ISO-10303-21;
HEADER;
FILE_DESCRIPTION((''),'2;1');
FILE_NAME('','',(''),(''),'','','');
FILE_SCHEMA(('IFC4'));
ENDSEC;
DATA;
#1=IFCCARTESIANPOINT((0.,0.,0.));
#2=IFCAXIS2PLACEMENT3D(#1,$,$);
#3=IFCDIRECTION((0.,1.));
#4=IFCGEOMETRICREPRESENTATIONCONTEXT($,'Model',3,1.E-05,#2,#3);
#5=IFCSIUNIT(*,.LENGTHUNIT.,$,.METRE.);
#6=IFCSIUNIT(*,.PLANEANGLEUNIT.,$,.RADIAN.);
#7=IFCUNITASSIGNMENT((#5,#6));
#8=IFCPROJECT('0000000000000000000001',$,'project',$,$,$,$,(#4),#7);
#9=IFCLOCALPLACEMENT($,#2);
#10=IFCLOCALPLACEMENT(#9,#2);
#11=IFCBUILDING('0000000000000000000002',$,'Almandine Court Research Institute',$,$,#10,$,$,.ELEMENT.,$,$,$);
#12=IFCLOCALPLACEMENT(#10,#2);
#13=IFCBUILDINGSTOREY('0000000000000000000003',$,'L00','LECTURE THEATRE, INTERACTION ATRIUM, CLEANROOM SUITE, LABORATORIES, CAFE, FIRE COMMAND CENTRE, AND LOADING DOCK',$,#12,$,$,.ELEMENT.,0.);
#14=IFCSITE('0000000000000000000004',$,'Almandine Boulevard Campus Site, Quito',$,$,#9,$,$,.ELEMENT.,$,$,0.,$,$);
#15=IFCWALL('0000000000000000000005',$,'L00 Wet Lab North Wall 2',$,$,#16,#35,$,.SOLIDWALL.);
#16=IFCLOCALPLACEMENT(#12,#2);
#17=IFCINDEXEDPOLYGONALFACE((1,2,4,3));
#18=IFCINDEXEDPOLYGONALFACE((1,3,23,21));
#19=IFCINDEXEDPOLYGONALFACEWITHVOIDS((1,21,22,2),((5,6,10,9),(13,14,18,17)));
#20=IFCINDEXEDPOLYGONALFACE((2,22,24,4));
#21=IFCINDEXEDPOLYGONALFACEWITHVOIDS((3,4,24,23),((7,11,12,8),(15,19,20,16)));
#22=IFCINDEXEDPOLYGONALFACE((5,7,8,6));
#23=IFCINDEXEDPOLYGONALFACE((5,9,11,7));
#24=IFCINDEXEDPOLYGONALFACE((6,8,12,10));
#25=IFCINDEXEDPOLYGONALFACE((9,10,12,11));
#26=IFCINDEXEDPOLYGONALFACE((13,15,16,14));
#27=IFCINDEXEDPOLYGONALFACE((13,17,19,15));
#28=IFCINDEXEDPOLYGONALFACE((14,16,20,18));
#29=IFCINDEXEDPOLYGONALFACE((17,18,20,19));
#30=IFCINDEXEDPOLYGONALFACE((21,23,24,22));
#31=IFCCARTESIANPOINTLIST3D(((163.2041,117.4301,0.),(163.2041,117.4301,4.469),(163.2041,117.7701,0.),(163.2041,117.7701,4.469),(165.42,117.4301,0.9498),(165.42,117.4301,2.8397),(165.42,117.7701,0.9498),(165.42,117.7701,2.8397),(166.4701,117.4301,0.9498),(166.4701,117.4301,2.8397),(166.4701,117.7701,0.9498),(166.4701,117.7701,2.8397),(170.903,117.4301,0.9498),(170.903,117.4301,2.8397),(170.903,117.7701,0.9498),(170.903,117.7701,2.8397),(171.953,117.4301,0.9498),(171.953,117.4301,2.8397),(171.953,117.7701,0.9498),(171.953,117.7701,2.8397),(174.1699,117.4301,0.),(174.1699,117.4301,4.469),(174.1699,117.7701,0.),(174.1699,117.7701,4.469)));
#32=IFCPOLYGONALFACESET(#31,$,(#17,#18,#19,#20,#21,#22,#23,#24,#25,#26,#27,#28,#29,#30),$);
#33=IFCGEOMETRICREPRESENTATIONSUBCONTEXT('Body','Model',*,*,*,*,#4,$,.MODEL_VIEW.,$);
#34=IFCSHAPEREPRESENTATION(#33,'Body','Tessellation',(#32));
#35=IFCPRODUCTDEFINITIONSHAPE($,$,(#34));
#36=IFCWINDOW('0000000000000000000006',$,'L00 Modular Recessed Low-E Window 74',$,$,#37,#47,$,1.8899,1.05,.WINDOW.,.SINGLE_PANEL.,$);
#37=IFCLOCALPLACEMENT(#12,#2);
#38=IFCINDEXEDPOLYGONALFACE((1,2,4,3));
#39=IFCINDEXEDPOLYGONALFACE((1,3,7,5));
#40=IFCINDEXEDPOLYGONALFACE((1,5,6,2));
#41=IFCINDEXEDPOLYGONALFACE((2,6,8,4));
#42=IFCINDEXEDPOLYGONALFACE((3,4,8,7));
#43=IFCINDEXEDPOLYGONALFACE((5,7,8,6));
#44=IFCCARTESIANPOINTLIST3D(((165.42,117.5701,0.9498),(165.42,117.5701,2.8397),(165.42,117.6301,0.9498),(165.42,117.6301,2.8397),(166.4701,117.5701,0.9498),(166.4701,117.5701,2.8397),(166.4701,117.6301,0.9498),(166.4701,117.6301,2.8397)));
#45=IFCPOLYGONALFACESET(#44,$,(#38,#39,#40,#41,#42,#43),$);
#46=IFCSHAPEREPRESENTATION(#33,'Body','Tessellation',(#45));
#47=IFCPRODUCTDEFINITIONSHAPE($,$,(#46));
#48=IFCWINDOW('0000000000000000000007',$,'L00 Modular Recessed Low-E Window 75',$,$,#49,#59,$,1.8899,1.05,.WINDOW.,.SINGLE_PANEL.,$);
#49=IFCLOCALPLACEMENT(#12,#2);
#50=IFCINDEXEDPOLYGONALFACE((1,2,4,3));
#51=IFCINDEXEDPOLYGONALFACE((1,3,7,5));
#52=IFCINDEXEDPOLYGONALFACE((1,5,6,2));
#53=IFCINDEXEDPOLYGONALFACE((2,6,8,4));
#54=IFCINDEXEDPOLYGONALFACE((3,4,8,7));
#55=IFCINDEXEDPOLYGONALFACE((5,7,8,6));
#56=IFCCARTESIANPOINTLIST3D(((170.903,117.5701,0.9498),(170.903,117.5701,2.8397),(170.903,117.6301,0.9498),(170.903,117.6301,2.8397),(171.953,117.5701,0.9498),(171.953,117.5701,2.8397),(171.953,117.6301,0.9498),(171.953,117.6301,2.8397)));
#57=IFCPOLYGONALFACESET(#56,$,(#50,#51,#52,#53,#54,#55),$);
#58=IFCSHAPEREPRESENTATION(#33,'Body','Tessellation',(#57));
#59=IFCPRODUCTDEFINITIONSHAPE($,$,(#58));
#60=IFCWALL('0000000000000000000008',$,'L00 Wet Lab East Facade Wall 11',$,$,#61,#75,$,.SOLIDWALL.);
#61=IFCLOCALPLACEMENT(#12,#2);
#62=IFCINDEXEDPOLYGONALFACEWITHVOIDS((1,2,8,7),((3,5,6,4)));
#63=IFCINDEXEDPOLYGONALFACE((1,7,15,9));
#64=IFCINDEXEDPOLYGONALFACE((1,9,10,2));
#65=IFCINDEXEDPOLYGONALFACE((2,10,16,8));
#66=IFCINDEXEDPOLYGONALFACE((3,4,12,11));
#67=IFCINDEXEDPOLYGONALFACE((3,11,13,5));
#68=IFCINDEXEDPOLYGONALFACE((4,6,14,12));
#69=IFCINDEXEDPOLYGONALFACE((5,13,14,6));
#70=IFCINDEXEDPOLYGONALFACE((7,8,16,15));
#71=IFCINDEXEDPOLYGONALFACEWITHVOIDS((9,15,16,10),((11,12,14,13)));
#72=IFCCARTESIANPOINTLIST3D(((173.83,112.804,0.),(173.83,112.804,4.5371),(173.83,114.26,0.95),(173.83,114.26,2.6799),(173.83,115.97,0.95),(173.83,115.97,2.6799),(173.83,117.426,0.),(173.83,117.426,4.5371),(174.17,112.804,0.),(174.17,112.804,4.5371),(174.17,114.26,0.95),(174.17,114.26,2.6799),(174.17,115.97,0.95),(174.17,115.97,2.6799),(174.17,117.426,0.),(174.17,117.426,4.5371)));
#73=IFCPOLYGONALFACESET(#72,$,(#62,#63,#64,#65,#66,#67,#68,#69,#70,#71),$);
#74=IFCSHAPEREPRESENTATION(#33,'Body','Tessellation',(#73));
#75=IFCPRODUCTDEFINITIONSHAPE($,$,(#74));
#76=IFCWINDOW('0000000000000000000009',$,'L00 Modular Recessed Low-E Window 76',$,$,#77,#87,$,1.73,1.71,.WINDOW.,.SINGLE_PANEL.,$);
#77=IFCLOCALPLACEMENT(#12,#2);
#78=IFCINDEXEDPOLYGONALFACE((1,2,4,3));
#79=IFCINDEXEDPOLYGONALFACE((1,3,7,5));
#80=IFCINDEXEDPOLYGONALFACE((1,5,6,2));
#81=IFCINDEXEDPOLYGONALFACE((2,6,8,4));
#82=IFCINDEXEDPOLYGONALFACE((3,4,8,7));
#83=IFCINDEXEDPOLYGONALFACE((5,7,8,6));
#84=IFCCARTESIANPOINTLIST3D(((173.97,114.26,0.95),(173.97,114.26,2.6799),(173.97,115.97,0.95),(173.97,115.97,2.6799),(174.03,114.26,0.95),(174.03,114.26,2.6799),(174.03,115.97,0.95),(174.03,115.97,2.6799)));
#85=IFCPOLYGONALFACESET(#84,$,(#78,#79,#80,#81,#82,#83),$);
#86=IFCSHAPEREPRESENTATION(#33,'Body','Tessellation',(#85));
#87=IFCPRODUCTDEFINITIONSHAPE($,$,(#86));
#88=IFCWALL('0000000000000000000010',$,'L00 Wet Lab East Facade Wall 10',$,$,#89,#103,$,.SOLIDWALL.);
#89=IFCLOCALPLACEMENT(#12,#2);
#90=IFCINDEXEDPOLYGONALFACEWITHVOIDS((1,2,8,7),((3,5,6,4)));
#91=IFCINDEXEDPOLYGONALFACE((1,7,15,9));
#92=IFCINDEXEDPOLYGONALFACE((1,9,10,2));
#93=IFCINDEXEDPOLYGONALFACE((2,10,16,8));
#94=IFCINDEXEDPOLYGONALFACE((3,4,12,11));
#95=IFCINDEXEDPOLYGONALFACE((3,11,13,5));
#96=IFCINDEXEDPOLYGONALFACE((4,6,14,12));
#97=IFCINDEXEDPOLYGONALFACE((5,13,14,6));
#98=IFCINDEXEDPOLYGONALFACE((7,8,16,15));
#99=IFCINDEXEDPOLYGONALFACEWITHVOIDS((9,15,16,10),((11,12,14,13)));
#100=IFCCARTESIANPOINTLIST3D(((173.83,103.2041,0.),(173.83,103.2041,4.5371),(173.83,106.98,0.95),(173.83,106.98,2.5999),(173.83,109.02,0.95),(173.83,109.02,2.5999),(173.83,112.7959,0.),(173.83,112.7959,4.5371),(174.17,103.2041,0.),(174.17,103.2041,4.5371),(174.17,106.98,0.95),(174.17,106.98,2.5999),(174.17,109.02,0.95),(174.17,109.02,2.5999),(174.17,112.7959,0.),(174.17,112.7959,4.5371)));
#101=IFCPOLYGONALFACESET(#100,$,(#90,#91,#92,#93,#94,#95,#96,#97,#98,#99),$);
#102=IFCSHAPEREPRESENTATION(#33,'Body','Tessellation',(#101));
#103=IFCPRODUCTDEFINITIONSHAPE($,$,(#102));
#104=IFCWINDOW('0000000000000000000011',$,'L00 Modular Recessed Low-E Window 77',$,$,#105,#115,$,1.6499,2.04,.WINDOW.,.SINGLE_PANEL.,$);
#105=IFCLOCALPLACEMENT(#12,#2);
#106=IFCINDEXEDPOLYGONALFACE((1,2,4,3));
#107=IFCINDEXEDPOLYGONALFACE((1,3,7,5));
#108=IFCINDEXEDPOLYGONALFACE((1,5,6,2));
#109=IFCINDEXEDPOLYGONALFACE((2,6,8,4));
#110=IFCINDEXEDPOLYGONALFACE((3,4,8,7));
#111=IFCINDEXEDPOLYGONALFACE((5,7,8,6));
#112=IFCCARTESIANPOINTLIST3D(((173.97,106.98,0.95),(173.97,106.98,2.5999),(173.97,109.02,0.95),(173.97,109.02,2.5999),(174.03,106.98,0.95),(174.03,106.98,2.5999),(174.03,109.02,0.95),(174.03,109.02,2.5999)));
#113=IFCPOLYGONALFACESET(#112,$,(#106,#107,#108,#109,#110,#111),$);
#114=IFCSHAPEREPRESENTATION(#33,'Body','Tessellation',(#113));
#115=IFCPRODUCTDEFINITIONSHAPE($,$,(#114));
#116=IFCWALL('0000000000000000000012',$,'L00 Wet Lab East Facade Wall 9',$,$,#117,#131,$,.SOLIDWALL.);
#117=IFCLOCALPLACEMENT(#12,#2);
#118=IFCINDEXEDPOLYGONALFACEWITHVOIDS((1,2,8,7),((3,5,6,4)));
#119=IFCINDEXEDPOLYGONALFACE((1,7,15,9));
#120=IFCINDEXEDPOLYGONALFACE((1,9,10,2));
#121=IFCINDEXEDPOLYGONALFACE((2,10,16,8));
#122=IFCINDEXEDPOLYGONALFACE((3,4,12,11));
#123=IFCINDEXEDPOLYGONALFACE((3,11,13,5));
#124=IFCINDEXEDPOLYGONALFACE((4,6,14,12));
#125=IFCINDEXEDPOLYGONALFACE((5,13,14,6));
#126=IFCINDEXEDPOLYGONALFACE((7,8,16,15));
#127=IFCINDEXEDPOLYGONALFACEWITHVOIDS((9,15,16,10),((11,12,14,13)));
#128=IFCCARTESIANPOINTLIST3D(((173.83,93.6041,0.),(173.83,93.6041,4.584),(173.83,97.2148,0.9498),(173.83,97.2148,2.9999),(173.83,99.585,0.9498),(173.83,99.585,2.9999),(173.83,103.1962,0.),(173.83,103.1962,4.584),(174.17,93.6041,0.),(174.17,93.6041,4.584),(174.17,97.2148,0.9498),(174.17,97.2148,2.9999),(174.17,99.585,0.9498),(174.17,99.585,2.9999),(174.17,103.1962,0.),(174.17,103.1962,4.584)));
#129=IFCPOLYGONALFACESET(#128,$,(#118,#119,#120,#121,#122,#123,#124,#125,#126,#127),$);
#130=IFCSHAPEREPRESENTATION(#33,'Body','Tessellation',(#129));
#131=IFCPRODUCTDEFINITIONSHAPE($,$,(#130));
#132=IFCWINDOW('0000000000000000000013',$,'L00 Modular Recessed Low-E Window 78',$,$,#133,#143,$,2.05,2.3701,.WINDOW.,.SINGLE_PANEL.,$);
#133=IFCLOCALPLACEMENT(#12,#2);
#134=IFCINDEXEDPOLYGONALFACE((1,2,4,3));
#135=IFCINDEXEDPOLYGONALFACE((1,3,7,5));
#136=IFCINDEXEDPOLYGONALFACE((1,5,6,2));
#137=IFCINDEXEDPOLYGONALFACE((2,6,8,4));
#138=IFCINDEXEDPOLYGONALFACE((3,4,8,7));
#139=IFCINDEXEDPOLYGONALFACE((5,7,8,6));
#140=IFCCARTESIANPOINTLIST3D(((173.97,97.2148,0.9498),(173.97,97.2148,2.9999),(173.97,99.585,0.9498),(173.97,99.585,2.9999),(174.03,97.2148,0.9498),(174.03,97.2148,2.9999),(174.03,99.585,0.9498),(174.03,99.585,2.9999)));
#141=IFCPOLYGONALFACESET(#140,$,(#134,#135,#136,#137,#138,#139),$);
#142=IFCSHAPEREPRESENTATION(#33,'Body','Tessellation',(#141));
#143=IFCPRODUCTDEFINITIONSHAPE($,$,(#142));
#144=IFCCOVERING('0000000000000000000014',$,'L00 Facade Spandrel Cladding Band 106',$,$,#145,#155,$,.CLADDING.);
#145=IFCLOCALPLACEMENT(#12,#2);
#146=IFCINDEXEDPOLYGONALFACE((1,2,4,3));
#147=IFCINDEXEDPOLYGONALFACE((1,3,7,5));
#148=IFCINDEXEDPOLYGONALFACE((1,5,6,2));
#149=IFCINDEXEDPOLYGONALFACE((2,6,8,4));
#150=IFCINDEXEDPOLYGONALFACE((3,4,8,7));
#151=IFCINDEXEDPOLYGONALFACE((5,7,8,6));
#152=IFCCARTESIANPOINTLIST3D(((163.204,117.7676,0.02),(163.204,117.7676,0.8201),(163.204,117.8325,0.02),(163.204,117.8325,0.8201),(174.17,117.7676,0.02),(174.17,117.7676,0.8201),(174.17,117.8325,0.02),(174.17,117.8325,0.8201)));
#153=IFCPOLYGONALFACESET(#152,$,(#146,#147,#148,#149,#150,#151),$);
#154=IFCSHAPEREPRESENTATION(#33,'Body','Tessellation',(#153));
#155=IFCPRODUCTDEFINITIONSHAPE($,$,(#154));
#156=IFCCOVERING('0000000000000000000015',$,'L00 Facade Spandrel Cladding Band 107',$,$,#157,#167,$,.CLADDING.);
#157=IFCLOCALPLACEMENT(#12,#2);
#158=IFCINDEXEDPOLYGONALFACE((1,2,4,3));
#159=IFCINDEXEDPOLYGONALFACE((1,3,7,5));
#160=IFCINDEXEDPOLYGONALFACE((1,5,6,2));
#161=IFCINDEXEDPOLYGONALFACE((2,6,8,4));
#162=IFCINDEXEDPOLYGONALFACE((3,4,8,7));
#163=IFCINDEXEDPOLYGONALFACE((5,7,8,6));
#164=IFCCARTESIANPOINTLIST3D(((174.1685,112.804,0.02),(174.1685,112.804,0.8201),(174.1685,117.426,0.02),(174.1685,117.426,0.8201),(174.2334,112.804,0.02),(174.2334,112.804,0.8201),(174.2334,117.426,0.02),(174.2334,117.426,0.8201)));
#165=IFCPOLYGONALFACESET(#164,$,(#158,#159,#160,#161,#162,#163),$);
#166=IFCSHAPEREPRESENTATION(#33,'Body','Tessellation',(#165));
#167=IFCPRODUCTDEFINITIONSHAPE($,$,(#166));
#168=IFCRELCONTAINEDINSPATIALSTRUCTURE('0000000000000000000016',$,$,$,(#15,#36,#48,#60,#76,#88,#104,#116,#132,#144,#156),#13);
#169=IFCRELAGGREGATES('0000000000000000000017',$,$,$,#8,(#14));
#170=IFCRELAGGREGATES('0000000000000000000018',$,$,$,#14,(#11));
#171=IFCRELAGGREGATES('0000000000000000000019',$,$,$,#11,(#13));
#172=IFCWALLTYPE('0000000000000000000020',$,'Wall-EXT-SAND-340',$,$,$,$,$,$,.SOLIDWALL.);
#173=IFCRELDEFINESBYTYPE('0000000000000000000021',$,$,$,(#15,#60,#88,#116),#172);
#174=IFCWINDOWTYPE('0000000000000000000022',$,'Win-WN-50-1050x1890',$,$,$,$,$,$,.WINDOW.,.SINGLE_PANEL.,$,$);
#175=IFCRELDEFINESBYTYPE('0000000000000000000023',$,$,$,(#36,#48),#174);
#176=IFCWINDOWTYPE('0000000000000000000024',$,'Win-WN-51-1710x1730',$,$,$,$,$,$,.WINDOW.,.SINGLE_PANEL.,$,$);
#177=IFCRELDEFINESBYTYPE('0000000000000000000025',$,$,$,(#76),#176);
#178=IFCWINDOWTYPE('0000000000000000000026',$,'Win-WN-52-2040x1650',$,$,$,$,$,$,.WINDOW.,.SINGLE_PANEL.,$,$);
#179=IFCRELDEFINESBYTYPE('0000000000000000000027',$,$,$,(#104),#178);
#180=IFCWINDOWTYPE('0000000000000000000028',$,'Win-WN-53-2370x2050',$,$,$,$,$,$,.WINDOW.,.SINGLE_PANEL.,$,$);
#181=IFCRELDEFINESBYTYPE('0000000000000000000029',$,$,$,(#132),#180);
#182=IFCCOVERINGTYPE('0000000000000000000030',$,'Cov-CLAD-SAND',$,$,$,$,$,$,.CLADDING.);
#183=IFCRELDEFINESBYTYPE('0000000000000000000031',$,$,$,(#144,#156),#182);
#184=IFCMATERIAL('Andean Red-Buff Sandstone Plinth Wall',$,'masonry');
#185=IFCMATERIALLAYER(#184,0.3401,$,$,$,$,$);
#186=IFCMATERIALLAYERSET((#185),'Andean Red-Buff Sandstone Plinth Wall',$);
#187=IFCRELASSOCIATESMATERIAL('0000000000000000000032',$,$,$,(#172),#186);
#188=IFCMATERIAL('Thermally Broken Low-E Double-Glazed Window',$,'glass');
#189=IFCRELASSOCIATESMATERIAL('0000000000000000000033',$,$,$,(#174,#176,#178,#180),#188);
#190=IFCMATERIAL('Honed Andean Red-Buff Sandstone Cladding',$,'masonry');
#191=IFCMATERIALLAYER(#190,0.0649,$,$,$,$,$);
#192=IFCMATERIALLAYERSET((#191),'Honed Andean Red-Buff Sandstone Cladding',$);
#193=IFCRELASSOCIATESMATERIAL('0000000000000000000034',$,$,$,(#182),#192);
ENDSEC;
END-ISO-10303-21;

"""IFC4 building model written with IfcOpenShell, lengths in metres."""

from ifc_helpers import new_model, si_unit, direction, frame, frame_2d, origin, origin_2d, place, context, subcontext, project, spatial, rectangle, extrude, material, layer, layer_set, type_object, element, fill, save


model = new_model("IFC4")

# Units and contexts
model_context = context("Model", 3, precision=1e-05, world=origin(), true_north=direction((0.0, 1.0)))
body_context = subcontext(model_context, "Body", "Model", "MODEL_VIEW")
ifc_project = project(units=[si_unit("LENGTHUNIT", "METRE"), si_unit("PLANEANGLEUNIT", "RADIAN")], contexts=[model_context])

# Site, building, storey
site_placement = place(None, origin())
site = spatial("IfcSite", under=ifc_project, at=site_placement, Name="Almandine Boulevard Campus Site, Quito", CompositionType="ELEMENT", RefElevation=0.0)
building_placement = place(site_placement, origin())
building = spatial("IfcBuilding", under=site, at=building_placement, Name="Almandine Court Research Institute", CompositionType="ELEMENT")
storey_placement = place(building_placement, origin())
storey = spatial("IfcBuildingStorey", under=building, at=storey_placement, Name="L00", Description="LECTURE THEATRE, INTERACTION ATRIUM, CLEANROOM SUITE, LABORATORIES, CAFE, FIRE COMMAND CENTRE, AND LOADING DOCK", CompositionType="ELEMENT", Elevation=0.0)

# Wall, openings, windows
ifc_material_1 = material(Name="Andean Red-Buff Sandstone Plinth Wall", Category="masonry")
ifc_layer_1 = layer(ifc_material_1, 0.3401)
ifc_layer_set_1 = layer_set([ifc_layer_1], Name="Andean Red-Buff Sandstone Plinth Wall")
wall_type = type_object("IfcWallType", Name="Wall-EXT-SAND-340", PredefinedType="SOLIDWALL", material=ifc_layer_set_1)
wall_1_placement = place(storey_placement, frame((163.2041, 117.6001, 0.0), z_axis=(0.0, 0.0, 1.0), x_axis=(1.0, 0.0, 0.0)))
wall_1 = element("IfcWall", 1, at=wall_1_placement, inside=storey, type_object=wall_type, Name="L00 Wet Lab North Wall 2", PredefinedType="SOLIDWALL", context=body_context, shape_type="SweptSolid", body=[
    extrude(rectangle(XDim=10.9658, YDim=0.3401, at=frame_2d((5.4829, 0.0))), origin(), (0.0, 0.0, 1.0), 4.469),
])
opening_1_placement = place(wall_1_placement, frame((2.2161, 0.0, 0.95)))
opening_1 = element("IfcOpeningElement", 2, at=opening_1_placement, cuts=wall_1, PredefinedType="OPENING", context=body_context, shape_type="SweptSolid", body=[
    extrude(rectangle(XDim=1.05, YDim=1.8899, at=frame_2d((0.5249, 0.9448))), frame((0.0, 0.1799, 0.0), z_axis=(0.0, -1.0, 0.0), x_axis=(1.0, 0.0, 0.0)), (0.0, 0.0, 1.0), 0.3601),
])
opening_2_placement = place(wall_1_placement, frame((7.699, 0.0, 0.95)))
opening_2 = element("IfcOpeningElement", 3, at=opening_2_placement, cuts=wall_1, PredefinedType="OPENING", context=body_context, shape_type="SweptSolid", body=[
    extrude(rectangle(XDim=1.05, YDim=1.8899, at=frame_2d((0.5249, 0.9448))), frame((0.0, 0.1799, 0.0), z_axis=(0.0, -1.0, 0.0), x_axis=(1.0, 0.0, 0.0)), (0.0, 0.0, 1.0), 0.3601),
])
ifc_material_2 = material(Name="Thermally Broken Low-E Double-Glazed Window", Category="glass")
window_type_1 = type_object("IfcWindowType", Name="Win-WN-50-1050x1890", PartitioningType="SINGLE_PANEL", PredefinedType="WINDOW", material=ifc_material_2)
window_1_placement = place(opening_1_placement, origin())
window_1 = element("IfcWindow", 4, at=window_1_placement, inside=storey, type_object=window_type_1, Name="L00 Modular Recessed Low-E Window 74", OverallHeight=1.8899, OverallWidth=1.05, PartitioningType="SINGLE_PANEL", PredefinedType="WINDOW", context=body_context, shape_type="SweptSolid", body=[
    extrude(rectangle(XDim=1.05, YDim=1.8899, at=frame_2d((0.5249, 0.9448))), frame((0.0, 0.03, 0.0), z_axis=(0.0, -1.0, 0.0), x_axis=(1.0, 0.0, 0.0)), (0.0, 0.0, 1.0), 0.0601),
])
fill(opening_1, window_1)
window_2_placement = place(opening_2_placement, origin())
window_2 = element("IfcWindow", 5, at=window_2_placement, inside=storey, type_object=window_type_1, Name="L00 Modular Recessed Low-E Window 75", OverallHeight=1.8899, OverallWidth=1.05, PartitioningType="SINGLE_PANEL", PredefinedType="WINDOW", context=body_context, shape_type="SweptSolid", body=[
    extrude(rectangle(XDim=1.05, YDim=1.8899, at=frame_2d((0.5249, 0.9448))), frame((0.0, 0.03, 0.0), z_axis=(0.0, -1.0, 0.0), x_axis=(1.0, 0.0, 0.0)), (0.0, 0.0, 1.0), 0.0601),
])
fill(opening_2, window_2)

# Walls, openings, windows
wall_2_placement = place(storey_placement, frame((174.0, 117.426, 0.0), z_axis=(0.0, 0.0, 1.0), x_axis=(0.0, -1.0, 0.0)))
wall_2 = element("IfcWall", 6, at=wall_2_placement, inside=storey, type_object=wall_type, Name="L00 Wet Lab East Facade Wall 11", PredefinedType="SOLIDWALL", context=body_context, shape_type="SweptSolid", body=[
    extrude(rectangle(XDim=4.6221, YDim=0.3401, at=frame_2d((2.311, 0.0))), origin(), (0.0, 0.0, 1.0), 4.5371),
])
opening_3_placement = place(wall_2_placement, frame((1.4561, 0.0, 0.95)))
opening_3 = element("IfcOpeningElement", 7, at=opening_3_placement, cuts=wall_2, PredefinedType="OPENING", context=body_context, shape_type="SweptSolid", body=[
    extrude(rectangle(XDim=1.71, YDim=1.73, at=frame_2d((0.855, 0.865))), frame((0.0, 0.1799, 0.0), z_axis=(0.0, -1.0, 0.0), x_axis=(1.0, 0.0, 0.0)), (0.0, 0.0, 1.0), 0.3601),
])
window_type_2 = type_object("IfcWindowType", Name="Win-WN-51-1710x1730", PartitioningType="SINGLE_PANEL", PredefinedType="WINDOW", material=ifc_material_2)
window_3_placement = place(opening_3_placement, origin())
window_3 = element("IfcWindow", 8, at=window_3_placement, inside=storey, type_object=window_type_2, Name="L00 Modular Recessed Low-E Window 76", OverallHeight=1.73, OverallWidth=1.71, PartitioningType="SINGLE_PANEL", PredefinedType="WINDOW", context=body_context, shape_type="SweptSolid", body=[
    extrude(rectangle(XDim=1.71, YDim=1.73, at=frame_2d((0.855, 0.865))), frame((0.0, 0.03, 0.0), z_axis=(0.0, -1.0, 0.0), x_axis=(1.0, 0.0, 0.0)), (0.0, 0.0, 1.0), 0.0601),
])
fill(opening_3, window_3)
wall_3_placement = place(storey_placement, frame((174.0, 112.7959, 0.0), z_axis=(0.0, 0.0, 1.0), x_axis=(0.0, -1.0, 0.0)))
wall_3 = element("IfcWall", 9, at=wall_3_placement, inside=storey, type_object=wall_type, Name="L00 Wet Lab East Facade Wall 10", PredefinedType="SOLIDWALL", context=body_context, shape_type="SweptSolid", body=[
    extrude(rectangle(XDim=9.5918, YDim=0.3401, at=frame_2d((4.7959, 0.0))), origin(), (0.0, 0.0, 1.0), 4.5371),
])
opening_4_placement = place(wall_3_placement, frame((3.7759, 0.0, 0.95)))
opening_4 = element("IfcOpeningElement", 10, at=opening_4_placement, cuts=wall_3, PredefinedType="OPENING", context=body_context, shape_type="SweptSolid", body=[
    extrude(rectangle(XDim=2.04, YDim=1.6499, at=frame_2d((1.02, 0.825))), frame((0.0, 0.1799, 0.0), z_axis=(0.0, -1.0, 0.0), x_axis=(1.0, 0.0, 0.0)), (0.0, 0.0, 1.0), 0.3601),
])
window_type_3 = type_object("IfcWindowType", Name="Win-WN-52-2040x1650", PartitioningType="SINGLE_PANEL", PredefinedType="WINDOW", material=ifc_material_2)
window_4_placement = place(opening_4_placement, origin())
window_4 = element("IfcWindow", 11, at=window_4_placement, inside=storey, type_object=window_type_3, Name="L00 Modular Recessed Low-E Window 77", OverallHeight=1.6499, OverallWidth=2.04, PartitioningType="SINGLE_PANEL", PredefinedType="WINDOW", context=body_context, shape_type="SweptSolid", body=[
    extrude(rectangle(XDim=2.04, YDim=1.6499, at=frame_2d((1.02, 0.825))), frame((0.0, 0.03, 0.0), z_axis=(0.0, -1.0, 0.0), x_axis=(1.0, 0.0, 0.0)), (0.0, 0.0, 1.0), 0.0601),
])
fill(opening_4, window_4)
wall_4_placement = place(storey_placement, frame((174.0, 103.196, 0.0), z_axis=(0.0, 0.0, 1.0), x_axis=(0.0, -1.0, 0.0)))
wall_4 = element("IfcWall", 12, at=wall_4_placement, inside=storey, type_object=wall_type, Name="L00 Wet Lab East Facade Wall 9", PredefinedType="SOLIDWALL", context=body_context, shape_type="SweptSolid", body=[
    extrude(rectangle(XDim=9.592, YDim=0.3401, at=frame_2d((4.7959, 0.0))), origin(), (0.0, 0.0, 1.0), 4.584),
])
opening_5_placement = place(wall_4_placement, frame((3.6111, 0.0, 0.95)))
opening_5 = element("IfcOpeningElement", 13, at=opening_5_placement, cuts=wall_4, PredefinedType="OPENING", context=body_context, shape_type="SweptSolid", body=[
    extrude(rectangle(XDim=2.3701, YDim=2.05, at=frame_2d((1.1851, 1.0249))), frame((0.0, 0.1799, 0.0), z_axis=(0.0, -1.0, 0.0), x_axis=(1.0, 0.0, 0.0)), (0.0, 0.0, 1.0), 0.3601),
])
window_type_4 = type_object("IfcWindowType", Name="Win-WN-53-2370x2050", PartitioningType="SINGLE_PANEL", PredefinedType="WINDOW", material=ifc_material_2)
window_5_placement = place(opening_5_placement, origin())
window_5 = element("IfcWindow", 14, at=window_5_placement, inside=storey, type_object=window_type_4, Name="L00 Modular Recessed Low-E Window 78", OverallHeight=2.05, OverallWidth=2.3701, PartitioningType="SINGLE_PANEL", PredefinedType="WINDOW", context=body_context, shape_type="SweptSolid", body=[
    extrude(rectangle(XDim=2.3701, YDim=2.05, at=frame_2d((1.1851, 1.0249))), frame((0.0, 0.03, 0.0), z_axis=(0.0, -1.0, 0.0), x_axis=(1.0, 0.0, 0.0)), (0.0, 0.0, 1.0), 0.0601),
])
fill(opening_5, window_5)

# Coverings
ifc_material_3 = material(Name="Honed Andean Red-Buff Sandstone Cladding", Category="masonry")
ifc_layer_2 = layer(ifc_material_3, 0.0649)
ifc_layer_set_2 = layer_set([ifc_layer_2], Name="Honed Andean Red-Buff Sandstone Cladding")
covering_type = type_object("IfcCoveringType", Name="Cov-CLAD-SAND", PredefinedType="CLADDING", material=ifc_layer_set_2)
covering_1_placement = place(storey_placement, frame((168.687, 117.8, 0.02), z_axis=(0.0, 0.0, 1.0), x_axis=(1.0, 0.0, 0.0)))
element("IfcCovering", 15, at=covering_1_placement, inside=storey, type_object=covering_type, Name="L00 Facade Spandrel Cladding Band 106", PredefinedType="CLADDING", context=body_context, shape_type="SweptSolid", body=[
    extrude(rectangle(XDim=10.9661, YDim=0.0649, at=origin_2d()), origin(), (0.0, 0.0, 1.0), 0.8),
])
covering_2_placement = place(storey_placement, frame((174.2009, 115.115, 0.02), z_axis=(0.0, 0.0, 1.0), x_axis=(0.0, -1.0, 0.0)))
element("IfcCovering", 16, at=covering_2_placement, inside=storey, type_object=covering_type, Name="L00 Facade Spandrel Cladding Band 107", PredefinedType="CLADDING", context=body_context, shape_type="SweptSolid", body=[
    extrude(rectangle(XDim=4.6221, YDim=0.0649, at=origin_2d()), origin(), (0.0, 0.0, 1.0), 0.8),
])

save(model, "model.ifc")
